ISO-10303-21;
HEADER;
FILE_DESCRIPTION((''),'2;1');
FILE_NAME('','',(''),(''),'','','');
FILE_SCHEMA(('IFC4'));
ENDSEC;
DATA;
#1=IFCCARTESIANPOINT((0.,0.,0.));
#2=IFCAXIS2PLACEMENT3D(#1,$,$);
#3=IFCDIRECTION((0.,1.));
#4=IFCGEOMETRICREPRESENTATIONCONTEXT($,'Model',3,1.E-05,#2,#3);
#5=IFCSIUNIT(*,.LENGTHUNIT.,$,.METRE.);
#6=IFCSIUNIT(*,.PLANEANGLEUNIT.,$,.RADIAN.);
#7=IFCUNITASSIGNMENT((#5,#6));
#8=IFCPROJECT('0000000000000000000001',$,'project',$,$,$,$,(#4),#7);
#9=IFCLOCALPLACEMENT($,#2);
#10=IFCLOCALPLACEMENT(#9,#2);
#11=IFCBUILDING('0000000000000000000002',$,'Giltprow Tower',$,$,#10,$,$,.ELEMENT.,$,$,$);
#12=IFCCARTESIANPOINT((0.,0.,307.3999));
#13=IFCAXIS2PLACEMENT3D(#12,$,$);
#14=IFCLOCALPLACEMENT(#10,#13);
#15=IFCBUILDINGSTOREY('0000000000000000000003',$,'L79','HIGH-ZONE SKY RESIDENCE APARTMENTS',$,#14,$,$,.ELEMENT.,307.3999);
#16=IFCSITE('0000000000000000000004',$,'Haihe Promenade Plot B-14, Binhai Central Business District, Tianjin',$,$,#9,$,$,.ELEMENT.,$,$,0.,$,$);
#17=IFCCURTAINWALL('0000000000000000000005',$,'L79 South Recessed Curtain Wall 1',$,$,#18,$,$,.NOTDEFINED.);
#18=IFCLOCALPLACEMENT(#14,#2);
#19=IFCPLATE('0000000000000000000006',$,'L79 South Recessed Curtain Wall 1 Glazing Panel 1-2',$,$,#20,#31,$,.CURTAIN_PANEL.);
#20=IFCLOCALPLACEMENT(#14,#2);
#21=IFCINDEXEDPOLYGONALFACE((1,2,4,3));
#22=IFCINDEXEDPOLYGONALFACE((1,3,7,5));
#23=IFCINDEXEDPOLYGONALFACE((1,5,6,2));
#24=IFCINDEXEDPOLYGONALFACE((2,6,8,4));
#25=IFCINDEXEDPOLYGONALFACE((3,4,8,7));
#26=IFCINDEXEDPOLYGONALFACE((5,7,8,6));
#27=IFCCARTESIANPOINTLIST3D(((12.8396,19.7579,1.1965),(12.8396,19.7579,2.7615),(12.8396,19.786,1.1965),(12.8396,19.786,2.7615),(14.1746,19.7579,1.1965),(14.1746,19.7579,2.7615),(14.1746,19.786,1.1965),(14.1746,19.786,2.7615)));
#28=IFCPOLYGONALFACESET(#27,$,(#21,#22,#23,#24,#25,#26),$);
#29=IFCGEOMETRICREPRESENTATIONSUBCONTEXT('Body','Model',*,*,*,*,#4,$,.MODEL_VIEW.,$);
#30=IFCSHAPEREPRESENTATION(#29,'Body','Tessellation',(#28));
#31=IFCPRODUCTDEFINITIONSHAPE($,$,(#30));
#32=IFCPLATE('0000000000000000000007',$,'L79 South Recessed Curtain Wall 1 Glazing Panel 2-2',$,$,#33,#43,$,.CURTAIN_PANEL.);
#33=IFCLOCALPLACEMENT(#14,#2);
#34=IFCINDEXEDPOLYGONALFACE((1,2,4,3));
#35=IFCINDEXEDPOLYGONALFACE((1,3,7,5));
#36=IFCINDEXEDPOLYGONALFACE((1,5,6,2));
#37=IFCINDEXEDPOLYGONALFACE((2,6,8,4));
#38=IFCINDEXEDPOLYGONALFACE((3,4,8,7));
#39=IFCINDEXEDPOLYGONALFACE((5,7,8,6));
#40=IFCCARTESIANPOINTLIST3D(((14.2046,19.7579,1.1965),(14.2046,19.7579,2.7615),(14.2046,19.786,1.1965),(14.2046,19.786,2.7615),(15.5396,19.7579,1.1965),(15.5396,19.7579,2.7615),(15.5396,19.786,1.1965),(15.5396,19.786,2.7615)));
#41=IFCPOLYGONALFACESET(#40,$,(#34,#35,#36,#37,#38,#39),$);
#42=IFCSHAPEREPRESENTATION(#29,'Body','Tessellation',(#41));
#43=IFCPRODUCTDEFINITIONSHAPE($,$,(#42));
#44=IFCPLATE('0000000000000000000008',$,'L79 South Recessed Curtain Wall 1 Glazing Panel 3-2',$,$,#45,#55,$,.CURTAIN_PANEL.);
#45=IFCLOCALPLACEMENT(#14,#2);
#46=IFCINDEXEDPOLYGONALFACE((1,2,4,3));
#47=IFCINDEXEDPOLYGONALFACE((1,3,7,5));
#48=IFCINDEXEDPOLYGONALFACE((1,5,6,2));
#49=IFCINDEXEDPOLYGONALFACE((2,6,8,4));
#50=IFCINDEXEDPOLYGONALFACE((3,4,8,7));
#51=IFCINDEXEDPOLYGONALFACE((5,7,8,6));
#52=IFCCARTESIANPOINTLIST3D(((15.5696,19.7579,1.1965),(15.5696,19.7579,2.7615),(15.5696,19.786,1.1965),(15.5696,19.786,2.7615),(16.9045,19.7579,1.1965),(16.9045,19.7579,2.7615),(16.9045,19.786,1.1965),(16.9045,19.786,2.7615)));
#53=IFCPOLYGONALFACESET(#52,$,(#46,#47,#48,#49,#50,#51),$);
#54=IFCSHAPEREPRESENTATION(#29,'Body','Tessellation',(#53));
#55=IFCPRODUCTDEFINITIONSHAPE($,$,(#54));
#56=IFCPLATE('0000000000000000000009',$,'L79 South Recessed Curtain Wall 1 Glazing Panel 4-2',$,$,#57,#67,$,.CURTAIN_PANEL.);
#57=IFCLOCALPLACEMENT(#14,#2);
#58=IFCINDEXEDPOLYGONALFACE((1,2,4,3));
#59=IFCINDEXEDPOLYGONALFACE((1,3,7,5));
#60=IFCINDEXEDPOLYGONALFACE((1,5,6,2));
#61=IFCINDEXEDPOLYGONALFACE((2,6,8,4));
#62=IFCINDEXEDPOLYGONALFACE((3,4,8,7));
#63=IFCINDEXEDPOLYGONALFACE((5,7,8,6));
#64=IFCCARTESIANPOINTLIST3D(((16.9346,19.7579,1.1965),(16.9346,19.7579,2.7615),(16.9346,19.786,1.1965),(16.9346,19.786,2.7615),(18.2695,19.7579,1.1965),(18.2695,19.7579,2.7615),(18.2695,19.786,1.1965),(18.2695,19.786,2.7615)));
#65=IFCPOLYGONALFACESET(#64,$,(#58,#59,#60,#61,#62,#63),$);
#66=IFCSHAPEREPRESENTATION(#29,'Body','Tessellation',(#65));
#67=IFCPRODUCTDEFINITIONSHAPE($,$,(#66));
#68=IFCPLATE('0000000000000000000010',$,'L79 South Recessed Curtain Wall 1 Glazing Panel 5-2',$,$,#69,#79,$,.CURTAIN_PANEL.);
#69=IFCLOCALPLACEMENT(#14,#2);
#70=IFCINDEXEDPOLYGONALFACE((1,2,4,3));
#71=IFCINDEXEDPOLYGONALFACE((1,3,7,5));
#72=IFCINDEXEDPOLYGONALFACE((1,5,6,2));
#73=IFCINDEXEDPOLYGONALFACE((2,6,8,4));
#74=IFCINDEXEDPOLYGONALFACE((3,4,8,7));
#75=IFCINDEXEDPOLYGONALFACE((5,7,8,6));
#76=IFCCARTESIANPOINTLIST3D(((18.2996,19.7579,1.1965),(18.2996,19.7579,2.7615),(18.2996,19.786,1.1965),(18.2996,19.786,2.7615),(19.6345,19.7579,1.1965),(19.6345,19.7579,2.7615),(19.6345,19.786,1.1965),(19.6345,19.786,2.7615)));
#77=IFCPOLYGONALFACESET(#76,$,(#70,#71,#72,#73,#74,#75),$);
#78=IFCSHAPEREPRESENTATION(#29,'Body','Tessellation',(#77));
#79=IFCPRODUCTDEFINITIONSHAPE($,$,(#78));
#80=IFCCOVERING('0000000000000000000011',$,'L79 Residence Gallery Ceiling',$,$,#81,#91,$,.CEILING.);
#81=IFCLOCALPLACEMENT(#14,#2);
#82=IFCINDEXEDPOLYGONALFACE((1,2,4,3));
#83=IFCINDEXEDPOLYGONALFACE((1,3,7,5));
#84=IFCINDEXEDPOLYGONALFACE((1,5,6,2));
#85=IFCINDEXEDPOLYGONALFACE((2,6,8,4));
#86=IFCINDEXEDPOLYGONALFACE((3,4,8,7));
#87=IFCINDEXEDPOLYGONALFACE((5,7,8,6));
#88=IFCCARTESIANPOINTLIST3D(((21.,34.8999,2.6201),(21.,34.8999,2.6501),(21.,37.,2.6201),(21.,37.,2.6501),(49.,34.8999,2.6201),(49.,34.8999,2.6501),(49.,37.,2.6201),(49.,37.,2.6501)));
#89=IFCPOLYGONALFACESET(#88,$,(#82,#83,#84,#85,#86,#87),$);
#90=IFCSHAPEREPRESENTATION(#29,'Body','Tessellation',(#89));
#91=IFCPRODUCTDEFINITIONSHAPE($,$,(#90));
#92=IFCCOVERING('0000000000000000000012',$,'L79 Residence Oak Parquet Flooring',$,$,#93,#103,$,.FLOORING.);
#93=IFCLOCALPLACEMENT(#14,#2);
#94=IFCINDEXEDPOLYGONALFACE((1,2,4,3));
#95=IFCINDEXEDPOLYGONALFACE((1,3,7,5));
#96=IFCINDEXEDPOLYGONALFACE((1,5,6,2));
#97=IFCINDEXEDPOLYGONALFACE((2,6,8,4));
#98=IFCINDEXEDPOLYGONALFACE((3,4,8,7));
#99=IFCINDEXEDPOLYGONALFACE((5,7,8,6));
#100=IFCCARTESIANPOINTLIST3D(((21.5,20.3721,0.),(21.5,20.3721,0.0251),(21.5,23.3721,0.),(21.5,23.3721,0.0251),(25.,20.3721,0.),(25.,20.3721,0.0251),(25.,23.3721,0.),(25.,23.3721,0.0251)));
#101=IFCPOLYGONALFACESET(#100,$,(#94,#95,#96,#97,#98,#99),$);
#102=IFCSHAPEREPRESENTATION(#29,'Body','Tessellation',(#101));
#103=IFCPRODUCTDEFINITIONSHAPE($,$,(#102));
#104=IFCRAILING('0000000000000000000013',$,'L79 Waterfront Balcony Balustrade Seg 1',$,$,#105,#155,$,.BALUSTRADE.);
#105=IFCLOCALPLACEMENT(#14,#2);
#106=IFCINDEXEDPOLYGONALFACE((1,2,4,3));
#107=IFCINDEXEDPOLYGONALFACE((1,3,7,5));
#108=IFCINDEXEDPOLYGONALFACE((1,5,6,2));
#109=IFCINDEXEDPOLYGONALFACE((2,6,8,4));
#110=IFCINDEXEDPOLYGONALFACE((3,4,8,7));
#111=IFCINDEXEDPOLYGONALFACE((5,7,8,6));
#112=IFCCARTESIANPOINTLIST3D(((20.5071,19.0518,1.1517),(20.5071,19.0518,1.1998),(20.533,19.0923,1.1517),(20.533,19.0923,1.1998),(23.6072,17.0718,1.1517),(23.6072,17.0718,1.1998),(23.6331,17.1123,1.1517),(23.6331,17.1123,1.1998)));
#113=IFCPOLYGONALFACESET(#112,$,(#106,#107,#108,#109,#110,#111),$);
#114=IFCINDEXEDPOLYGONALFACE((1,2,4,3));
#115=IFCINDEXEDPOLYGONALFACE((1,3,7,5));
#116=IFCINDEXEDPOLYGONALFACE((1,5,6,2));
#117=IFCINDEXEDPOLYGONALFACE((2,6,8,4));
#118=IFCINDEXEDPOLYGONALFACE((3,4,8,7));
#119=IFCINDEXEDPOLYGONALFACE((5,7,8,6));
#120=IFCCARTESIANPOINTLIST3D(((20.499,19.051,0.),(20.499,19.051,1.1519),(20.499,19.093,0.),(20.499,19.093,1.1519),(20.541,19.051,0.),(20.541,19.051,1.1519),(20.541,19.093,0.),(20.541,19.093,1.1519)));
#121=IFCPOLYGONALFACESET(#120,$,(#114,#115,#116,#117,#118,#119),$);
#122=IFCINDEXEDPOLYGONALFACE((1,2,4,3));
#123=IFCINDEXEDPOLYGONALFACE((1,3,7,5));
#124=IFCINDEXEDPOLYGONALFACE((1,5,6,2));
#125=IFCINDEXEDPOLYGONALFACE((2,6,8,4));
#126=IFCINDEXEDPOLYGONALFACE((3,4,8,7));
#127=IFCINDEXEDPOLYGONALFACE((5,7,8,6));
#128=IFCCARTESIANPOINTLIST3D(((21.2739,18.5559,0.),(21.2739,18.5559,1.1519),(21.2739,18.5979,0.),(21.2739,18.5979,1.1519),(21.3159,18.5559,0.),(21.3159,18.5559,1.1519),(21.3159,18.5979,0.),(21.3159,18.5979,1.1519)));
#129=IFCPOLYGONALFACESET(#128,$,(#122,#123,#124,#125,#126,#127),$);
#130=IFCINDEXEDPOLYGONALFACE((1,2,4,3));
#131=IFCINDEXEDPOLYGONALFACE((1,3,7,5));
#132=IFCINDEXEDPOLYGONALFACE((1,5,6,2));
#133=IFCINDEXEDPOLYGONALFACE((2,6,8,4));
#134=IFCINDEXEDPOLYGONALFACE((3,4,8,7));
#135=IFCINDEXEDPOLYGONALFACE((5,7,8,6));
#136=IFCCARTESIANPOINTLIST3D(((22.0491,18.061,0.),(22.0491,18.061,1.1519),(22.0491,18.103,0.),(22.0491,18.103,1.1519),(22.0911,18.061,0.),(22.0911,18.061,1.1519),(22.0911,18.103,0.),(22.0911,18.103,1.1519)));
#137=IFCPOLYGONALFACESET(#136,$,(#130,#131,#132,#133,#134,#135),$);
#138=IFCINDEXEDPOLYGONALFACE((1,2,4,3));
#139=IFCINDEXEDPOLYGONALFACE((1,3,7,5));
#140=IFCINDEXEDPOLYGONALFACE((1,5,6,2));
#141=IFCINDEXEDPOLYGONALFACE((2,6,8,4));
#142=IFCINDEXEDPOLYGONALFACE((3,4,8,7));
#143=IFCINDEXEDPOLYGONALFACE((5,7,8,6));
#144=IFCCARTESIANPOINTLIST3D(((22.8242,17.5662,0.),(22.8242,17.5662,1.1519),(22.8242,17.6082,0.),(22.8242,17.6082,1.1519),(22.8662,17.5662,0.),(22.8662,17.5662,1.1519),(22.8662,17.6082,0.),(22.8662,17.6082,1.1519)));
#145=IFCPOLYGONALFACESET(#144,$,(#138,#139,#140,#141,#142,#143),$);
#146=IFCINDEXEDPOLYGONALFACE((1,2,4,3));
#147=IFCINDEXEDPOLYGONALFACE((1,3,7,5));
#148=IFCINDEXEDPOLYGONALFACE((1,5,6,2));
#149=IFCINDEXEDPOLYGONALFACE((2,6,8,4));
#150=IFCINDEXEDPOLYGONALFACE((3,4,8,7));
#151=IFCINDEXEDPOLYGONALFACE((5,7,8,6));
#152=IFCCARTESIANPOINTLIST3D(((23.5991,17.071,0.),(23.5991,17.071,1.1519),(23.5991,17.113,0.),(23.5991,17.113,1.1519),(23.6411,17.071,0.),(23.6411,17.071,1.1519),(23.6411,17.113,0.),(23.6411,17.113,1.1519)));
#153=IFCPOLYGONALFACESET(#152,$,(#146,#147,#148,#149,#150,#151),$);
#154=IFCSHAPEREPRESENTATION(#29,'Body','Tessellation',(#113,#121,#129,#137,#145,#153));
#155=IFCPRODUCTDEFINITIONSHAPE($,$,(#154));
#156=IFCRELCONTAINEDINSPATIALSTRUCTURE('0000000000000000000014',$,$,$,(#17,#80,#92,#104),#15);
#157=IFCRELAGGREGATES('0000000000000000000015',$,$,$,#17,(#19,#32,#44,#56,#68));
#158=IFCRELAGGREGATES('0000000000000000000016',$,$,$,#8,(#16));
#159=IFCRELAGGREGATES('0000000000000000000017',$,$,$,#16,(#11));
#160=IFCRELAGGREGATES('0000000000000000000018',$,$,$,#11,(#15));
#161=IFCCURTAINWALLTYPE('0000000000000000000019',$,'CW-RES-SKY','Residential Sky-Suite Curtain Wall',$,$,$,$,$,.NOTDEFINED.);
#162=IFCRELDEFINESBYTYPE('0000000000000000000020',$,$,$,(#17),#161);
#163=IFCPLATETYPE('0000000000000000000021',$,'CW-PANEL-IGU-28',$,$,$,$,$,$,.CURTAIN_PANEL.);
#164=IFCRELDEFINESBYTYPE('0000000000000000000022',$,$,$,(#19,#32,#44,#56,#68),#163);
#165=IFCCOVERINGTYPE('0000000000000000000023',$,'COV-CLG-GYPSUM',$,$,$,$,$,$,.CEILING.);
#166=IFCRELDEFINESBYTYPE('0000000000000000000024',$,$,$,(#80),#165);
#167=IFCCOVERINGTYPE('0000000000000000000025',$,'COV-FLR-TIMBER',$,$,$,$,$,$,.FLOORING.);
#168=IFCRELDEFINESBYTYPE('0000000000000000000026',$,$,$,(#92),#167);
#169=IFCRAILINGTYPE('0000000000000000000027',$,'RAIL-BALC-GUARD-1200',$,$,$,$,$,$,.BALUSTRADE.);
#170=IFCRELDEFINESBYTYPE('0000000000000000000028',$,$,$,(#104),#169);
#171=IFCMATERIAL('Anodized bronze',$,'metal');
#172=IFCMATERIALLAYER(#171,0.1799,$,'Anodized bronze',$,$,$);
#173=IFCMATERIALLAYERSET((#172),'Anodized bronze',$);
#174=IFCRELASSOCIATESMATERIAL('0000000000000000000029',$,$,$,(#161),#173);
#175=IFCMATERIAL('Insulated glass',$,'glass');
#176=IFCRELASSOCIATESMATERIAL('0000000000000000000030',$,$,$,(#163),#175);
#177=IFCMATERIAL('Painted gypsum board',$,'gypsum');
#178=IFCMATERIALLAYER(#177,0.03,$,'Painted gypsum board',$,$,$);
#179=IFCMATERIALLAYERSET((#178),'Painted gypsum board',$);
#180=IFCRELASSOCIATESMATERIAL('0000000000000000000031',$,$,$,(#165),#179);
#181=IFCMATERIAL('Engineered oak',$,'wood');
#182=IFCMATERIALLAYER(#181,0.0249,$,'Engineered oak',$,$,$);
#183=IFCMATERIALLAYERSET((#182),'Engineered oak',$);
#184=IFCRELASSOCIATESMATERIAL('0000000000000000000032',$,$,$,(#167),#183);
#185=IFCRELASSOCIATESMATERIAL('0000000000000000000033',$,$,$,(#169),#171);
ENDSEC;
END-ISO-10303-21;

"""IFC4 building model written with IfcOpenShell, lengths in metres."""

from ifc_helpers import new_model, si_unit, direction, frame, origin, origin_2d, place, context, subcontext, project, spatial, polyline, rectangle, outline, extrude, source, transform, mapped, material, layer, layer_set, type_object, element, aggregate, save


model = new_model("IFC4")

# Units and contexts
model_context = context("Model", 3, precision=1e-05, world=origin(), true_north=direction((0.0, 1.0)))
body_context = subcontext(model_context, "Body", "Model", "MODEL_VIEW")
ifc_project = project(units=[si_unit("LENGTHUNIT", "METRE"), si_unit("PLANEANGLEUNIT", "RADIAN")], contexts=[model_context])

# Site, building, storey
site_placement = place(None, origin())
site = spatial("IfcSite", under=ifc_project, at=site_placement, Name="Haihe Promenade Plot B-14, Binhai Central Business District, Tianjin", CompositionType="ELEMENT", RefElevation=0.0)
building_placement = place(site_placement, origin())
building = spatial("IfcBuilding", under=site, at=building_placement, Name="Giltprow Tower", CompositionType="ELEMENT")
storey_placement = place(building_placement, frame((0.0, 0.0, 307.3999)))
storey = spatial("IfcBuildingStorey", under=building, at=storey_placement, Name="L79", Description="HIGH-ZONE SKY RESIDENCE APARTMENTS", CompositionType="ELEMENT", Elevation=307.3999)

# Curtain wall
ifc_material_1 = material(Name="Anodized bronze", Category="metal")
ifc_layer_1 = layer(ifc_material_1, 0.1799, Name="Anodized bronze")
ifc_layer_set_1 = layer_set([ifc_layer_1], Name="Anodized bronze")
curtain_wall_type = type_object("IfcCurtainWallType", Name="CW-RES-SKY", Description="Residential Sky-Suite Curtain Wall", PredefinedType="NOTDEFINED", material=ifc_layer_set_1)
curtain_wall_placement = place(storey_placement, origin())
curtain_wall = element("IfcCurtainWall", 1, at=curtain_wall_placement, inside=storey, type_object=curtain_wall_type, Name="L79 South Recessed Curtain Wall 1", PredefinedType="NOTDEFINED")

# Plates
ifc_material_2 = material(Name="Insulated glass", Category="glass")
plate_type = type_object("IfcPlateType", Name="CW-PANEL-IGU-28", PredefinedType="CURTAIN_PANEL", material=ifc_material_2)
shared_shape_1 = source(origin(), body_context, "Body", "SweptSolid", [
    extrude(rectangle(XDim=1.335, YDim=0.0281, at=origin_2d()), origin(), (0.0, 0.0, 1.0), 1.5649),
])
plate_1_placement = place(storey_placement, frame((13.5071, 19.772, 1.1965), z_axis=(0.0, 0.0, 1.0), x_axis=(1.0, 0.0, 0.0)))
plate_1 = element("IfcPlate", 2, at=plate_1_placement, type_object=plate_type, Name="L79 South Recessed Curtain Wall 1 Glazing Panel 1-2", PredefinedType="CURTAIN_PANEL", context=body_context, shape_type="MappedRepresentation", body=[
    mapped(shared_shape_1, transform((0.0, 0.0, 0.0), x_axis=(1.0, 0.0, 0.0), y_axis=(0.0, 1.0, 0.0), z_axis=(0.0, 0.0, 1.0), scale=1.0)),
])
plate_2_placement = place(storey_placement, frame((14.8721, 19.772, 1.1965), z_axis=(0.0, 0.0, 1.0), x_axis=(1.0, 0.0, 0.0)))
plate_2 = element("IfcPlate", 3, at=plate_2_placement, type_object=plate_type, Name="L79 South Recessed Curtain Wall 1 Glazing Panel 2-2", PredefinedType="CURTAIN_PANEL", context=body_context, shape_type="MappedRepresentation", body=[
    mapped(shared_shape_1, transform((0.0, 0.0, 0.0), x_axis=(1.0, 0.0, 0.0), y_axis=(0.0, 1.0, 0.0), z_axis=(0.0, 0.0, 1.0), scale=1.0)),
])
plate_3_placement = place(storey_placement, frame((16.2371, 19.772, 1.1965), z_axis=(0.0, 0.0, 1.0), x_axis=(1.0, 0.0, 0.0)))
plate_3 = element("IfcPlate", 4, at=plate_3_placement, type_object=plate_type, Name="L79 South Recessed Curtain Wall 1 Glazing Panel 3-2", PredefinedType="CURTAIN_PANEL", context=body_context, shape_type="MappedRepresentation", body=[
    mapped(shared_shape_1, transform((0.0, 0.0, 0.0), x_axis=(1.0, 0.0, 0.0), y_axis=(0.0, 1.0, 0.0), z_axis=(0.0, 0.0, 1.0), scale=1.0)),
])
plate_4_placement = place(storey_placement, frame((17.6021, 19.772, 1.1965), z_axis=(0.0, 0.0, 1.0), x_axis=(1.0, 0.0, 0.0)))
plate_4 = element("IfcPlate", 5, at=plate_4_placement, type_object=plate_type, Name="L79 South Recessed Curtain Wall 1 Glazing Panel 4-2", PredefinedType="CURTAIN_PANEL", context=body_context, shape_type="MappedRepresentation", body=[
    mapped(shared_shape_1, transform((0.0, 0.0, 0.0), x_axis=(1.0, 0.0, 0.0), y_axis=(0.0, 1.0, 0.0), z_axis=(0.0, 0.0, 1.0), scale=1.0)),
])
plate_5_placement = place(storey_placement, frame((18.967, 19.772, 1.1965), z_axis=(0.0, 0.0, 1.0), x_axis=(1.0, 0.0, 0.0)))
plate_5 = element("IfcPlate", 6, at=plate_5_placement, type_object=plate_type, Name="L79 South Recessed Curtain Wall 1 Glazing Panel 5-2", PredefinedType="CURTAIN_PANEL", context=body_context, shape_type="MappedRepresentation", body=[
    mapped(shared_shape_1, transform((0.0, 0.0, 0.0), x_axis=(1.0, 0.0, 0.0), y_axis=(0.0, 1.0, 0.0), z_axis=(0.0, 0.0, 1.0), scale=1.0)),
])
aggregate(curtain_wall, [plate_1, plate_2, plate_3, plate_4, plate_5])

# Coverings
ifc_material_3 = material(Name="Painted gypsum board", Category="gypsum")
ifc_layer_2 = layer(ifc_material_3, 0.03, Name="Painted gypsum board")
ifc_layer_set_2 = layer_set([ifc_layer_2], Name="Painted gypsum board")
covering_type_1 = type_object("IfcCoveringType", Name="COV-CLG-GYPSUM", PredefinedType="CEILING", material=ifc_layer_set_2)
covering_1_placement = place(storey_placement, frame((0.0, 0.0, 2.6201)))
element("IfcCovering", 7, at=covering_1_placement, inside=storey, type_object=covering_type_1, Name="L79 Residence Gallery Ceiling", PredefinedType="CEILING", context=body_context, shape_type="SweptSolid", body=[
    extrude(outline(polyline([(21.0, 34.8999), (49.0, 34.8999), (49.0, 37.0), (21.0, 37.0), (21.0, 34.8999)])), origin(), (0.0, 0.0, 1.0), 0.03),
])
ifc_material_4 = material(Name="Engineered oak", Category="wood")
ifc_layer_3 = layer(ifc_material_4, 0.0249, Name="Engineered oak")
ifc_layer_set_3 = layer_set([ifc_layer_3], Name="Engineered oak")
covering_type_2 = type_object("IfcCoveringType", Name="COV-FLR-TIMBER", PredefinedType="FLOORING", material=ifc_layer_set_3)
covering_2_placement = place(storey_placement, origin())
element("IfcCovering", 8, at=covering_2_placement, inside=storey, type_object=covering_type_2, Name="L79 Residence Oak Parquet Flooring", PredefinedType="FLOORING", context=body_context, shape_type="SweptSolid", body=[
    extrude(outline(polyline([(21.5, 20.3721), (25.0, 20.3721), (25.0, 23.3721), (21.5, 23.3721), (21.5, 20.3721)])), origin(), (0.0, 0.0, 1.0), 0.0251),
])

# Railing
railing_type = type_object("IfcRailingType", Name="RAIL-BALC-GUARD-1200", PredefinedType="BALUSTRADE", material=ifc_material_1)
railing_1_placement = place(storey_placement, frame((20.52, 19.072, 0.0)))
element("IfcRailing", 9, at=railing_1_placement, inside=storey, type_object=railing_type, Name="L79 Waterfront Balcony Balustrade Seg 1", PredefinedType="BALUSTRADE", context=body_context, shape_type="SweptSolid", body=[
    extrude(rectangle(XDim=0.0481, YDim=0.0481, at=origin_2d()), frame((0.0, 0.0, 1.1758), z_axis=(0.842775, -0.538266, 0.0), x_axis=(0.538266, 0.842775, 0.0)), (0.0, 0.0, 1.0), 3.6785),
    extrude(rectangle(XDim=0.042, YDim=0.042, at=origin_2d()), origin(), (0.0, 0.0, 1.0), 1.1519),
    extrude(rectangle(XDim=0.042, YDim=0.042, at=origin_2d()), frame((0.7749, -0.4951, 0.0)), (0.0, 0.0, 1.0), 1.1519),
    extrude(rectangle(XDim=0.042, YDim=0.042, at=origin_2d()), frame((1.55, -0.99, 0.0)), (0.0, 0.0, 1.0), 1.1519),
    extrude(rectangle(XDim=0.042, YDim=0.042, at=origin_2d()), frame((2.3252, -1.4849, 0.0)), (0.0, 0.0, 1.0), 1.1519),
    extrude(rectangle(XDim=0.042, YDim=0.042, at=origin_2d()), frame((3.1001, -1.98, 0.0)), (0.0, 0.0, 1.0), 1.1519),
])

save(model, "model.ifc")
